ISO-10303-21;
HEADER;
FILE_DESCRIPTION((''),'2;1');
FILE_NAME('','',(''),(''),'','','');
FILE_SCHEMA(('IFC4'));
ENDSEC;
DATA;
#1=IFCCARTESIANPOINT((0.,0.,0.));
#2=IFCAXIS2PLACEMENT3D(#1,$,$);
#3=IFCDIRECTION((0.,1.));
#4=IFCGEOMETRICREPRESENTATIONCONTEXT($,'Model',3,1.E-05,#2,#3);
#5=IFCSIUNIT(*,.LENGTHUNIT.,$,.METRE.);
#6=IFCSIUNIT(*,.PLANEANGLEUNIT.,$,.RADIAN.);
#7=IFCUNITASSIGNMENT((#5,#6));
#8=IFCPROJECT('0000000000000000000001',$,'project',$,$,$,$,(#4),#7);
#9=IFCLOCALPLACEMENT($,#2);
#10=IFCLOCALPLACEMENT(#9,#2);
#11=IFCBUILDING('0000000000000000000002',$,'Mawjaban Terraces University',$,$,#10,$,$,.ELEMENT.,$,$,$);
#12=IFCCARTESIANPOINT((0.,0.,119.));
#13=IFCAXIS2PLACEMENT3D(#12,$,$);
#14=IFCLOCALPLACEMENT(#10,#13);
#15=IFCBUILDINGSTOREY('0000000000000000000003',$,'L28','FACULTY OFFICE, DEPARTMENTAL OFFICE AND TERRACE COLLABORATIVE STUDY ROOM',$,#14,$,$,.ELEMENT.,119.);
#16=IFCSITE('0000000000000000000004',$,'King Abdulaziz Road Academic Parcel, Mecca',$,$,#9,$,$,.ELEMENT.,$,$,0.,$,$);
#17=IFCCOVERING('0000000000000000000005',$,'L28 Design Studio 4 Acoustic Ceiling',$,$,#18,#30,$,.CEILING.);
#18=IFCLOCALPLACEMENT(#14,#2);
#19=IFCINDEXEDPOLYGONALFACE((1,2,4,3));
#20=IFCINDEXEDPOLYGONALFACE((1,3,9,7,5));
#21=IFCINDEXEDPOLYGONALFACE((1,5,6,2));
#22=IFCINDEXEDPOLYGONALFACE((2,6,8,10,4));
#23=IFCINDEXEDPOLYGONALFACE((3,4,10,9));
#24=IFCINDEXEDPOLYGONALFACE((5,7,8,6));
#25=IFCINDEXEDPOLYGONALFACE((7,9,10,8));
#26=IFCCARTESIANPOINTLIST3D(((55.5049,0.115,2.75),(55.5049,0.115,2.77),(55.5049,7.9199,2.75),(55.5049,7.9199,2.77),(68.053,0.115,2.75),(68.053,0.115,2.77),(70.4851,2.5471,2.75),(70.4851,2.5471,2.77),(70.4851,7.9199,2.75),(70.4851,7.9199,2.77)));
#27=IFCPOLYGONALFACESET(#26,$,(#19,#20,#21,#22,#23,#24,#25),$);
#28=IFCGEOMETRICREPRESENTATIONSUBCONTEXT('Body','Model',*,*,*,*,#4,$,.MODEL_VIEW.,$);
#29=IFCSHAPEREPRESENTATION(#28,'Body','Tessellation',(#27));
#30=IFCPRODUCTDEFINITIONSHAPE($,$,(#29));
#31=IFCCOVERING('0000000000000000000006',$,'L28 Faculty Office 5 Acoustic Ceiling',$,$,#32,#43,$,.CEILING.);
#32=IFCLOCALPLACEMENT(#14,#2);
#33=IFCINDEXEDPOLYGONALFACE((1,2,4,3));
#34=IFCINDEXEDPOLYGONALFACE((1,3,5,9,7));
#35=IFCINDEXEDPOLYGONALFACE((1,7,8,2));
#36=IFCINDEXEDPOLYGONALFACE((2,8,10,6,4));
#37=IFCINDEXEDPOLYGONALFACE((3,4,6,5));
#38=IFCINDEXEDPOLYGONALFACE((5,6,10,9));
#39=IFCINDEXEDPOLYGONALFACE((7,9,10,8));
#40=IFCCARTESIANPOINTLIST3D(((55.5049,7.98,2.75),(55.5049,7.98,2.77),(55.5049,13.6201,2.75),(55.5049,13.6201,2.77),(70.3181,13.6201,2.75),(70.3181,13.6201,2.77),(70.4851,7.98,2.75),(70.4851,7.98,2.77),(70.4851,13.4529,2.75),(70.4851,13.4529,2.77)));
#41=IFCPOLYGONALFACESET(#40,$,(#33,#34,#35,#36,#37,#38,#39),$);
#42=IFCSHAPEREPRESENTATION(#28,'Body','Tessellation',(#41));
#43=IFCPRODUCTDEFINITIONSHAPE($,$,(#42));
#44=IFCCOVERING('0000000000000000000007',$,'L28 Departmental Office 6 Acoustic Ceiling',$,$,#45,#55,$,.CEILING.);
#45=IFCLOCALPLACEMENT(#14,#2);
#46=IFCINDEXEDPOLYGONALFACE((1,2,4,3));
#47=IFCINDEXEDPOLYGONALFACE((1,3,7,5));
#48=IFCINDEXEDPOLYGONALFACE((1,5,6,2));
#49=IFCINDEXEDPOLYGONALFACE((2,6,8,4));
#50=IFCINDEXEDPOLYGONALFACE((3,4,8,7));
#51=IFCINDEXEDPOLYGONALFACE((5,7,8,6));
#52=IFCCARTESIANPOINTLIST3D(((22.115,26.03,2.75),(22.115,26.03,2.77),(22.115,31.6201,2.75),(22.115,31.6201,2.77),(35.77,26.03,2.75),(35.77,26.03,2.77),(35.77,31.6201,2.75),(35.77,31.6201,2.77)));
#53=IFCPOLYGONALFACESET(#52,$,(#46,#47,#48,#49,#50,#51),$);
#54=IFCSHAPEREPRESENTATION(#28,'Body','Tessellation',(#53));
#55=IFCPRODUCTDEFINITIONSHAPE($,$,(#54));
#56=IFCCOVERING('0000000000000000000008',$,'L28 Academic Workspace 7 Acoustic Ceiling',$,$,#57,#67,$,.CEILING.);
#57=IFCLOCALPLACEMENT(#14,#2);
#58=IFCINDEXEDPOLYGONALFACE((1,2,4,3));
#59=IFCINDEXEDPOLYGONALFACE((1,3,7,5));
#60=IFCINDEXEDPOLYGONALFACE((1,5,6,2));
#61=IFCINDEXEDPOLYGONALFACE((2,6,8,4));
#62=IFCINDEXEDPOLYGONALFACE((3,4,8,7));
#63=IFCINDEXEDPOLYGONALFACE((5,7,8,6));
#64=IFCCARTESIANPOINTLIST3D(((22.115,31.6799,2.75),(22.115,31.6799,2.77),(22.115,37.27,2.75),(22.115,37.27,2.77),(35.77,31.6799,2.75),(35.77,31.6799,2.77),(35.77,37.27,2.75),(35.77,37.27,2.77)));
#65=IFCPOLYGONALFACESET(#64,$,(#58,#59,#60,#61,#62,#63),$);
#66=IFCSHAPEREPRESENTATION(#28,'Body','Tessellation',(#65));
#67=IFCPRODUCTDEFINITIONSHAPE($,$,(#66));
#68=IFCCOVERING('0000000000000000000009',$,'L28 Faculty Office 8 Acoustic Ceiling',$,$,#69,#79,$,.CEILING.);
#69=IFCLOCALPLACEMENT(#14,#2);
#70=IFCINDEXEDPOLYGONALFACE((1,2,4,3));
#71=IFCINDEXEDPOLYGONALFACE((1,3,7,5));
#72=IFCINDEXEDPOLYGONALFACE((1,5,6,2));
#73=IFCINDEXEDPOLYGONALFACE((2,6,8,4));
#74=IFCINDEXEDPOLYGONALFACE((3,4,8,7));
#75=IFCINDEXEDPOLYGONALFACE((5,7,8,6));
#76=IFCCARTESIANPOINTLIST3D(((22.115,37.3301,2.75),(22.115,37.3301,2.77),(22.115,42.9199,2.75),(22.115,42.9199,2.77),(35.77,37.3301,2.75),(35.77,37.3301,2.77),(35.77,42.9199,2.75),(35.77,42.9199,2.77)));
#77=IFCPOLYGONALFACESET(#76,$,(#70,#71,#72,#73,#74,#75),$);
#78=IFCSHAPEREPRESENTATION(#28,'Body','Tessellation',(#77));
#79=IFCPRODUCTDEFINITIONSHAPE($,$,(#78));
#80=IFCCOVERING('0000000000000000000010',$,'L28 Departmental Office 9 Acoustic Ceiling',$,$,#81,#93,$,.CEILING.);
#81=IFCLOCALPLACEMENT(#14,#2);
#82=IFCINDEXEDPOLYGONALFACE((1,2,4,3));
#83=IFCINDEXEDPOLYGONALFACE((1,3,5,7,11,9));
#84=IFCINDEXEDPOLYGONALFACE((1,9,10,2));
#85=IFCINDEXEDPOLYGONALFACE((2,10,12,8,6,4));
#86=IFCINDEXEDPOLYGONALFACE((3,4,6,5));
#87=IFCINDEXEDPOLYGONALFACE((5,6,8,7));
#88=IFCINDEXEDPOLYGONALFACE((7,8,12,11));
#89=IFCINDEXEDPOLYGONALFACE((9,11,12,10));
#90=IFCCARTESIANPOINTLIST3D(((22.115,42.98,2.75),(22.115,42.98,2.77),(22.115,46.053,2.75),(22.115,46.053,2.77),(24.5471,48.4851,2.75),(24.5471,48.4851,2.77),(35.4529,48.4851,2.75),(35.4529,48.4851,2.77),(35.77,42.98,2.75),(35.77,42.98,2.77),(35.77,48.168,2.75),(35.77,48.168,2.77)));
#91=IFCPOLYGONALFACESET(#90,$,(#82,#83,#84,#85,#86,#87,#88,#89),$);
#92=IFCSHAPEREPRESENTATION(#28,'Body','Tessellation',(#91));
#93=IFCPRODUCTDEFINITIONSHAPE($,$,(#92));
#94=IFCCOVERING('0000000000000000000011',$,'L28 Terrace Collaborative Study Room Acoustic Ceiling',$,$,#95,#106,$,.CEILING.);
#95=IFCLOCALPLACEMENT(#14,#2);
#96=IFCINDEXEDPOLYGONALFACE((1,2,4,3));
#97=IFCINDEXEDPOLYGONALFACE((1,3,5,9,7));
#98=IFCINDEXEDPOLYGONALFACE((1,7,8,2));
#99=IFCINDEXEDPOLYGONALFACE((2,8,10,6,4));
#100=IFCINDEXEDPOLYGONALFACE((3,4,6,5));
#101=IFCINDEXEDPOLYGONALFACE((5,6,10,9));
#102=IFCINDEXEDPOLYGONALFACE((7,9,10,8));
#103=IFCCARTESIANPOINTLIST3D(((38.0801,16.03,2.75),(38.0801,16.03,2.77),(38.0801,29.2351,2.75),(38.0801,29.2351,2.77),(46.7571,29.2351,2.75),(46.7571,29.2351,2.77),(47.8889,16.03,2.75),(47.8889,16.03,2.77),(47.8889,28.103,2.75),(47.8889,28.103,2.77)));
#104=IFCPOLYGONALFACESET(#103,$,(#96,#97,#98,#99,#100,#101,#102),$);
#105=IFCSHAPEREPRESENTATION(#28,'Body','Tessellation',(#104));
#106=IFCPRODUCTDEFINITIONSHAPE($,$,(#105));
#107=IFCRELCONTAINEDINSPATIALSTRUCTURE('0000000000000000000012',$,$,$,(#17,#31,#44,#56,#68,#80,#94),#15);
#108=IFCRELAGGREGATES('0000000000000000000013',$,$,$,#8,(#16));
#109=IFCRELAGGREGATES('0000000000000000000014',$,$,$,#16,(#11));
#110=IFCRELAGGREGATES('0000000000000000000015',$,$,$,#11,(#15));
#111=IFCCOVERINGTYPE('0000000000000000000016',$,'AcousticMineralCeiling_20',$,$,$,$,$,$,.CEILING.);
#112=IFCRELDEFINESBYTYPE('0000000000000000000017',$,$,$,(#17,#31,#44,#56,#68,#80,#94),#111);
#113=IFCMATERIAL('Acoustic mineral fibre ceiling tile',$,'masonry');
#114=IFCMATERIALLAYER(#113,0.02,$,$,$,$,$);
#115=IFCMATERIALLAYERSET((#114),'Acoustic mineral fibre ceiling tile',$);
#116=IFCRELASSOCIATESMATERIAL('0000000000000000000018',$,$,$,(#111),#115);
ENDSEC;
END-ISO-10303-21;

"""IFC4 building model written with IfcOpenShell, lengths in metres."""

from ifc_helpers import new_model, si_unit, direction, frame, origin, place, context, subcontext, project, spatial, polyline, outline, extrude, material, layer, layer_set, type_object, element, save


model = new_model("IFC4")

# Units and contexts
model_context = context("Model", 3, precision=1e-05, world=origin(), true_north=direction((0.0, 1.0)))
body_context = subcontext(model_context, "Body", "Model", "MODEL_VIEW")
ifc_project = project(units=[si_unit("LENGTHUNIT", "METRE"), si_unit("PLANEANGLEUNIT", "RADIAN")], contexts=[model_context])

# Site, building, storey
site_placement = place(None, origin())
site = spatial("IfcSite", under=ifc_project, at=site_placement, Name="King Abdulaziz Road Academic Parcel, Mecca", CompositionType="ELEMENT", RefElevation=0.0)
building_placement = place(site_placement, origin())
building = spatial("IfcBuilding", under=site, at=building_placement, Name="Mawjaban Terraces University", CompositionType="ELEMENT")
storey_placement = place(building_placement, frame((0.0, 0.0, 119.0)))
storey = spatial("IfcBuildingStorey", under=building, at=storey_placement, Name="L28", Description="FACULTY OFFICE, DEPARTMENTAL OFFICE AND TERRACE COLLABORATIVE STUDY ROOM", CompositionType="ELEMENT", Elevation=119.0)

# Coverings
ifc_material_1 = material(Name="Acoustic mineral fibre ceiling tile", Category="masonry")
ifc_layer_1 = layer(ifc_material_1, 0.02)
ifc_layer_set_1 = layer_set([ifc_layer_1], Name="Acoustic mineral fibre ceiling tile")
covering_type = type_object("IfcCoveringType", Name="AcousticMineralCeiling_20", PredefinedType="CEILING", material=ifc_layer_set_1)
covering_1_placement = place(storey_placement, frame((0.0, 0.0, 2.75)))
element("IfcCovering", 1, at=covering_1_placement, inside=storey, type_object=covering_type, Name="L28 Design Studio 4 Acoustic Ceiling", PredefinedType="CEILING", context=body_context, shape_type="SweptSolid", body=[
    extrude(outline(polyline([(55.5049, 0.115), (68.053, 0.115), (70.4851, 2.5471), (70.4851, 7.9199), (55.5049, 7.9199), (55.5049, 0.115)])), origin(), (0.0, 0.0, 1.0), 0.02),
])
covering_2_placement = place(storey_placement, frame((0.0, 0.0, 2.75)))
element("IfcCovering", 2, at=covering_2_placement, inside=storey, type_object=covering_type, Name="L28 Faculty Office 5 Acoustic Ceiling", PredefinedType="CEILING", context=body_context, shape_type="SweptSolid", body=[
    extrude(outline(polyline([(70.4851, 7.98), (70.4851, 13.4529), (70.3181, 13.6201), (55.5049, 13.6201), (55.5049, 7.98), (70.4851, 7.98)])), origin(), (0.0, 0.0, 1.0), 0.02),
])
covering_3_placement = place(storey_placement, frame((0.0, 0.0, 2.75)))
element("IfcCovering", 3, at=covering_3_placement, inside=storey, type_object=covering_type, Name="L28 Departmental Office 6 Acoustic Ceiling", PredefinedType="CEILING", context=body_context, shape_type="SweptSolid", body=[
    extrude(outline(polyline([(22.115, 31.6201), (22.115, 26.03), (35.77, 26.03), (35.77, 31.6201), (22.115, 31.6201)])), origin(), (0.0, 0.0, 1.0), 0.02),
])
covering_4_placement = place(storey_placement, frame((0.0, 0.0, 2.75)))
element("IfcCovering", 4, at=covering_4_placement, inside=storey, type_object=covering_type, Name="L28 Academic Workspace 7 Acoustic Ceiling", PredefinedType="CEILING", context=body_context, shape_type="SweptSolid", body=[
    extrude(outline(polyline([(22.115, 37.27), (22.115, 31.6799), (35.77, 31.6799), (35.77, 37.27), (22.115, 37.27)])), origin(), (0.0, 0.0, 1.0), 0.02),
])
covering_5_placement = place(storey_placement, frame((0.0, 0.0, 2.75)))
element("IfcCovering", 5, at=covering_5_placement, inside=storey, type_object=covering_type, Name="L28 Faculty Office 8 Acoustic Ceiling", PredefinedType="CEILING", context=body_context, shape_type="SweptSolid", body=[
    extrude(outline(polyline([(22.115, 42.9199), (22.115, 37.3301), (35.77, 37.3301), (35.77, 42.9199), (22.115, 42.9199)])), origin(), (0.0, 0.0, 1.0), 0.02),
])
covering_6_placement = place(storey_placement, frame((0.0, 0.0, 2.75)))
element("IfcCovering", 6, at=covering_6_placement, inside=storey, type_object=covering_type, Name="L28 Departmental Office 9 Acoustic Ceiling", PredefinedType="CEILING", context=body_context, shape_type="SweptSolid", body=[
    extrude(outline(polyline([(35.77, 48.168), (35.4529, 48.4851), (24.5471, 48.4851), (22.115, 46.053), (22.115, 42.98), (35.77, 42.98), (35.77, 48.168)])), origin(), (0.0, 0.0, 1.0), 0.02),
])
covering_7_placement = place(storey_placement, frame((0.0, 0.0, 2.75)))
element("IfcCovering", 7, at=covering_7_placement, inside=storey, type_object=covering_type, Name="L28 Terrace Collaborative Study Room Acoustic Ceiling", PredefinedType="CEILING", context=body_context, shape_type="SweptSolid", body=[
    extrude(outline(polyline([(47.8889, 16.03), (47.8889, 28.103), (46.7571, 29.2351), (38.0801, 29.2351), (38.0801, 16.03), (47.8889, 16.03)])), origin(), (0.0, 0.0, 1.0), 0.02),
])

save(model, "model.ifc")
